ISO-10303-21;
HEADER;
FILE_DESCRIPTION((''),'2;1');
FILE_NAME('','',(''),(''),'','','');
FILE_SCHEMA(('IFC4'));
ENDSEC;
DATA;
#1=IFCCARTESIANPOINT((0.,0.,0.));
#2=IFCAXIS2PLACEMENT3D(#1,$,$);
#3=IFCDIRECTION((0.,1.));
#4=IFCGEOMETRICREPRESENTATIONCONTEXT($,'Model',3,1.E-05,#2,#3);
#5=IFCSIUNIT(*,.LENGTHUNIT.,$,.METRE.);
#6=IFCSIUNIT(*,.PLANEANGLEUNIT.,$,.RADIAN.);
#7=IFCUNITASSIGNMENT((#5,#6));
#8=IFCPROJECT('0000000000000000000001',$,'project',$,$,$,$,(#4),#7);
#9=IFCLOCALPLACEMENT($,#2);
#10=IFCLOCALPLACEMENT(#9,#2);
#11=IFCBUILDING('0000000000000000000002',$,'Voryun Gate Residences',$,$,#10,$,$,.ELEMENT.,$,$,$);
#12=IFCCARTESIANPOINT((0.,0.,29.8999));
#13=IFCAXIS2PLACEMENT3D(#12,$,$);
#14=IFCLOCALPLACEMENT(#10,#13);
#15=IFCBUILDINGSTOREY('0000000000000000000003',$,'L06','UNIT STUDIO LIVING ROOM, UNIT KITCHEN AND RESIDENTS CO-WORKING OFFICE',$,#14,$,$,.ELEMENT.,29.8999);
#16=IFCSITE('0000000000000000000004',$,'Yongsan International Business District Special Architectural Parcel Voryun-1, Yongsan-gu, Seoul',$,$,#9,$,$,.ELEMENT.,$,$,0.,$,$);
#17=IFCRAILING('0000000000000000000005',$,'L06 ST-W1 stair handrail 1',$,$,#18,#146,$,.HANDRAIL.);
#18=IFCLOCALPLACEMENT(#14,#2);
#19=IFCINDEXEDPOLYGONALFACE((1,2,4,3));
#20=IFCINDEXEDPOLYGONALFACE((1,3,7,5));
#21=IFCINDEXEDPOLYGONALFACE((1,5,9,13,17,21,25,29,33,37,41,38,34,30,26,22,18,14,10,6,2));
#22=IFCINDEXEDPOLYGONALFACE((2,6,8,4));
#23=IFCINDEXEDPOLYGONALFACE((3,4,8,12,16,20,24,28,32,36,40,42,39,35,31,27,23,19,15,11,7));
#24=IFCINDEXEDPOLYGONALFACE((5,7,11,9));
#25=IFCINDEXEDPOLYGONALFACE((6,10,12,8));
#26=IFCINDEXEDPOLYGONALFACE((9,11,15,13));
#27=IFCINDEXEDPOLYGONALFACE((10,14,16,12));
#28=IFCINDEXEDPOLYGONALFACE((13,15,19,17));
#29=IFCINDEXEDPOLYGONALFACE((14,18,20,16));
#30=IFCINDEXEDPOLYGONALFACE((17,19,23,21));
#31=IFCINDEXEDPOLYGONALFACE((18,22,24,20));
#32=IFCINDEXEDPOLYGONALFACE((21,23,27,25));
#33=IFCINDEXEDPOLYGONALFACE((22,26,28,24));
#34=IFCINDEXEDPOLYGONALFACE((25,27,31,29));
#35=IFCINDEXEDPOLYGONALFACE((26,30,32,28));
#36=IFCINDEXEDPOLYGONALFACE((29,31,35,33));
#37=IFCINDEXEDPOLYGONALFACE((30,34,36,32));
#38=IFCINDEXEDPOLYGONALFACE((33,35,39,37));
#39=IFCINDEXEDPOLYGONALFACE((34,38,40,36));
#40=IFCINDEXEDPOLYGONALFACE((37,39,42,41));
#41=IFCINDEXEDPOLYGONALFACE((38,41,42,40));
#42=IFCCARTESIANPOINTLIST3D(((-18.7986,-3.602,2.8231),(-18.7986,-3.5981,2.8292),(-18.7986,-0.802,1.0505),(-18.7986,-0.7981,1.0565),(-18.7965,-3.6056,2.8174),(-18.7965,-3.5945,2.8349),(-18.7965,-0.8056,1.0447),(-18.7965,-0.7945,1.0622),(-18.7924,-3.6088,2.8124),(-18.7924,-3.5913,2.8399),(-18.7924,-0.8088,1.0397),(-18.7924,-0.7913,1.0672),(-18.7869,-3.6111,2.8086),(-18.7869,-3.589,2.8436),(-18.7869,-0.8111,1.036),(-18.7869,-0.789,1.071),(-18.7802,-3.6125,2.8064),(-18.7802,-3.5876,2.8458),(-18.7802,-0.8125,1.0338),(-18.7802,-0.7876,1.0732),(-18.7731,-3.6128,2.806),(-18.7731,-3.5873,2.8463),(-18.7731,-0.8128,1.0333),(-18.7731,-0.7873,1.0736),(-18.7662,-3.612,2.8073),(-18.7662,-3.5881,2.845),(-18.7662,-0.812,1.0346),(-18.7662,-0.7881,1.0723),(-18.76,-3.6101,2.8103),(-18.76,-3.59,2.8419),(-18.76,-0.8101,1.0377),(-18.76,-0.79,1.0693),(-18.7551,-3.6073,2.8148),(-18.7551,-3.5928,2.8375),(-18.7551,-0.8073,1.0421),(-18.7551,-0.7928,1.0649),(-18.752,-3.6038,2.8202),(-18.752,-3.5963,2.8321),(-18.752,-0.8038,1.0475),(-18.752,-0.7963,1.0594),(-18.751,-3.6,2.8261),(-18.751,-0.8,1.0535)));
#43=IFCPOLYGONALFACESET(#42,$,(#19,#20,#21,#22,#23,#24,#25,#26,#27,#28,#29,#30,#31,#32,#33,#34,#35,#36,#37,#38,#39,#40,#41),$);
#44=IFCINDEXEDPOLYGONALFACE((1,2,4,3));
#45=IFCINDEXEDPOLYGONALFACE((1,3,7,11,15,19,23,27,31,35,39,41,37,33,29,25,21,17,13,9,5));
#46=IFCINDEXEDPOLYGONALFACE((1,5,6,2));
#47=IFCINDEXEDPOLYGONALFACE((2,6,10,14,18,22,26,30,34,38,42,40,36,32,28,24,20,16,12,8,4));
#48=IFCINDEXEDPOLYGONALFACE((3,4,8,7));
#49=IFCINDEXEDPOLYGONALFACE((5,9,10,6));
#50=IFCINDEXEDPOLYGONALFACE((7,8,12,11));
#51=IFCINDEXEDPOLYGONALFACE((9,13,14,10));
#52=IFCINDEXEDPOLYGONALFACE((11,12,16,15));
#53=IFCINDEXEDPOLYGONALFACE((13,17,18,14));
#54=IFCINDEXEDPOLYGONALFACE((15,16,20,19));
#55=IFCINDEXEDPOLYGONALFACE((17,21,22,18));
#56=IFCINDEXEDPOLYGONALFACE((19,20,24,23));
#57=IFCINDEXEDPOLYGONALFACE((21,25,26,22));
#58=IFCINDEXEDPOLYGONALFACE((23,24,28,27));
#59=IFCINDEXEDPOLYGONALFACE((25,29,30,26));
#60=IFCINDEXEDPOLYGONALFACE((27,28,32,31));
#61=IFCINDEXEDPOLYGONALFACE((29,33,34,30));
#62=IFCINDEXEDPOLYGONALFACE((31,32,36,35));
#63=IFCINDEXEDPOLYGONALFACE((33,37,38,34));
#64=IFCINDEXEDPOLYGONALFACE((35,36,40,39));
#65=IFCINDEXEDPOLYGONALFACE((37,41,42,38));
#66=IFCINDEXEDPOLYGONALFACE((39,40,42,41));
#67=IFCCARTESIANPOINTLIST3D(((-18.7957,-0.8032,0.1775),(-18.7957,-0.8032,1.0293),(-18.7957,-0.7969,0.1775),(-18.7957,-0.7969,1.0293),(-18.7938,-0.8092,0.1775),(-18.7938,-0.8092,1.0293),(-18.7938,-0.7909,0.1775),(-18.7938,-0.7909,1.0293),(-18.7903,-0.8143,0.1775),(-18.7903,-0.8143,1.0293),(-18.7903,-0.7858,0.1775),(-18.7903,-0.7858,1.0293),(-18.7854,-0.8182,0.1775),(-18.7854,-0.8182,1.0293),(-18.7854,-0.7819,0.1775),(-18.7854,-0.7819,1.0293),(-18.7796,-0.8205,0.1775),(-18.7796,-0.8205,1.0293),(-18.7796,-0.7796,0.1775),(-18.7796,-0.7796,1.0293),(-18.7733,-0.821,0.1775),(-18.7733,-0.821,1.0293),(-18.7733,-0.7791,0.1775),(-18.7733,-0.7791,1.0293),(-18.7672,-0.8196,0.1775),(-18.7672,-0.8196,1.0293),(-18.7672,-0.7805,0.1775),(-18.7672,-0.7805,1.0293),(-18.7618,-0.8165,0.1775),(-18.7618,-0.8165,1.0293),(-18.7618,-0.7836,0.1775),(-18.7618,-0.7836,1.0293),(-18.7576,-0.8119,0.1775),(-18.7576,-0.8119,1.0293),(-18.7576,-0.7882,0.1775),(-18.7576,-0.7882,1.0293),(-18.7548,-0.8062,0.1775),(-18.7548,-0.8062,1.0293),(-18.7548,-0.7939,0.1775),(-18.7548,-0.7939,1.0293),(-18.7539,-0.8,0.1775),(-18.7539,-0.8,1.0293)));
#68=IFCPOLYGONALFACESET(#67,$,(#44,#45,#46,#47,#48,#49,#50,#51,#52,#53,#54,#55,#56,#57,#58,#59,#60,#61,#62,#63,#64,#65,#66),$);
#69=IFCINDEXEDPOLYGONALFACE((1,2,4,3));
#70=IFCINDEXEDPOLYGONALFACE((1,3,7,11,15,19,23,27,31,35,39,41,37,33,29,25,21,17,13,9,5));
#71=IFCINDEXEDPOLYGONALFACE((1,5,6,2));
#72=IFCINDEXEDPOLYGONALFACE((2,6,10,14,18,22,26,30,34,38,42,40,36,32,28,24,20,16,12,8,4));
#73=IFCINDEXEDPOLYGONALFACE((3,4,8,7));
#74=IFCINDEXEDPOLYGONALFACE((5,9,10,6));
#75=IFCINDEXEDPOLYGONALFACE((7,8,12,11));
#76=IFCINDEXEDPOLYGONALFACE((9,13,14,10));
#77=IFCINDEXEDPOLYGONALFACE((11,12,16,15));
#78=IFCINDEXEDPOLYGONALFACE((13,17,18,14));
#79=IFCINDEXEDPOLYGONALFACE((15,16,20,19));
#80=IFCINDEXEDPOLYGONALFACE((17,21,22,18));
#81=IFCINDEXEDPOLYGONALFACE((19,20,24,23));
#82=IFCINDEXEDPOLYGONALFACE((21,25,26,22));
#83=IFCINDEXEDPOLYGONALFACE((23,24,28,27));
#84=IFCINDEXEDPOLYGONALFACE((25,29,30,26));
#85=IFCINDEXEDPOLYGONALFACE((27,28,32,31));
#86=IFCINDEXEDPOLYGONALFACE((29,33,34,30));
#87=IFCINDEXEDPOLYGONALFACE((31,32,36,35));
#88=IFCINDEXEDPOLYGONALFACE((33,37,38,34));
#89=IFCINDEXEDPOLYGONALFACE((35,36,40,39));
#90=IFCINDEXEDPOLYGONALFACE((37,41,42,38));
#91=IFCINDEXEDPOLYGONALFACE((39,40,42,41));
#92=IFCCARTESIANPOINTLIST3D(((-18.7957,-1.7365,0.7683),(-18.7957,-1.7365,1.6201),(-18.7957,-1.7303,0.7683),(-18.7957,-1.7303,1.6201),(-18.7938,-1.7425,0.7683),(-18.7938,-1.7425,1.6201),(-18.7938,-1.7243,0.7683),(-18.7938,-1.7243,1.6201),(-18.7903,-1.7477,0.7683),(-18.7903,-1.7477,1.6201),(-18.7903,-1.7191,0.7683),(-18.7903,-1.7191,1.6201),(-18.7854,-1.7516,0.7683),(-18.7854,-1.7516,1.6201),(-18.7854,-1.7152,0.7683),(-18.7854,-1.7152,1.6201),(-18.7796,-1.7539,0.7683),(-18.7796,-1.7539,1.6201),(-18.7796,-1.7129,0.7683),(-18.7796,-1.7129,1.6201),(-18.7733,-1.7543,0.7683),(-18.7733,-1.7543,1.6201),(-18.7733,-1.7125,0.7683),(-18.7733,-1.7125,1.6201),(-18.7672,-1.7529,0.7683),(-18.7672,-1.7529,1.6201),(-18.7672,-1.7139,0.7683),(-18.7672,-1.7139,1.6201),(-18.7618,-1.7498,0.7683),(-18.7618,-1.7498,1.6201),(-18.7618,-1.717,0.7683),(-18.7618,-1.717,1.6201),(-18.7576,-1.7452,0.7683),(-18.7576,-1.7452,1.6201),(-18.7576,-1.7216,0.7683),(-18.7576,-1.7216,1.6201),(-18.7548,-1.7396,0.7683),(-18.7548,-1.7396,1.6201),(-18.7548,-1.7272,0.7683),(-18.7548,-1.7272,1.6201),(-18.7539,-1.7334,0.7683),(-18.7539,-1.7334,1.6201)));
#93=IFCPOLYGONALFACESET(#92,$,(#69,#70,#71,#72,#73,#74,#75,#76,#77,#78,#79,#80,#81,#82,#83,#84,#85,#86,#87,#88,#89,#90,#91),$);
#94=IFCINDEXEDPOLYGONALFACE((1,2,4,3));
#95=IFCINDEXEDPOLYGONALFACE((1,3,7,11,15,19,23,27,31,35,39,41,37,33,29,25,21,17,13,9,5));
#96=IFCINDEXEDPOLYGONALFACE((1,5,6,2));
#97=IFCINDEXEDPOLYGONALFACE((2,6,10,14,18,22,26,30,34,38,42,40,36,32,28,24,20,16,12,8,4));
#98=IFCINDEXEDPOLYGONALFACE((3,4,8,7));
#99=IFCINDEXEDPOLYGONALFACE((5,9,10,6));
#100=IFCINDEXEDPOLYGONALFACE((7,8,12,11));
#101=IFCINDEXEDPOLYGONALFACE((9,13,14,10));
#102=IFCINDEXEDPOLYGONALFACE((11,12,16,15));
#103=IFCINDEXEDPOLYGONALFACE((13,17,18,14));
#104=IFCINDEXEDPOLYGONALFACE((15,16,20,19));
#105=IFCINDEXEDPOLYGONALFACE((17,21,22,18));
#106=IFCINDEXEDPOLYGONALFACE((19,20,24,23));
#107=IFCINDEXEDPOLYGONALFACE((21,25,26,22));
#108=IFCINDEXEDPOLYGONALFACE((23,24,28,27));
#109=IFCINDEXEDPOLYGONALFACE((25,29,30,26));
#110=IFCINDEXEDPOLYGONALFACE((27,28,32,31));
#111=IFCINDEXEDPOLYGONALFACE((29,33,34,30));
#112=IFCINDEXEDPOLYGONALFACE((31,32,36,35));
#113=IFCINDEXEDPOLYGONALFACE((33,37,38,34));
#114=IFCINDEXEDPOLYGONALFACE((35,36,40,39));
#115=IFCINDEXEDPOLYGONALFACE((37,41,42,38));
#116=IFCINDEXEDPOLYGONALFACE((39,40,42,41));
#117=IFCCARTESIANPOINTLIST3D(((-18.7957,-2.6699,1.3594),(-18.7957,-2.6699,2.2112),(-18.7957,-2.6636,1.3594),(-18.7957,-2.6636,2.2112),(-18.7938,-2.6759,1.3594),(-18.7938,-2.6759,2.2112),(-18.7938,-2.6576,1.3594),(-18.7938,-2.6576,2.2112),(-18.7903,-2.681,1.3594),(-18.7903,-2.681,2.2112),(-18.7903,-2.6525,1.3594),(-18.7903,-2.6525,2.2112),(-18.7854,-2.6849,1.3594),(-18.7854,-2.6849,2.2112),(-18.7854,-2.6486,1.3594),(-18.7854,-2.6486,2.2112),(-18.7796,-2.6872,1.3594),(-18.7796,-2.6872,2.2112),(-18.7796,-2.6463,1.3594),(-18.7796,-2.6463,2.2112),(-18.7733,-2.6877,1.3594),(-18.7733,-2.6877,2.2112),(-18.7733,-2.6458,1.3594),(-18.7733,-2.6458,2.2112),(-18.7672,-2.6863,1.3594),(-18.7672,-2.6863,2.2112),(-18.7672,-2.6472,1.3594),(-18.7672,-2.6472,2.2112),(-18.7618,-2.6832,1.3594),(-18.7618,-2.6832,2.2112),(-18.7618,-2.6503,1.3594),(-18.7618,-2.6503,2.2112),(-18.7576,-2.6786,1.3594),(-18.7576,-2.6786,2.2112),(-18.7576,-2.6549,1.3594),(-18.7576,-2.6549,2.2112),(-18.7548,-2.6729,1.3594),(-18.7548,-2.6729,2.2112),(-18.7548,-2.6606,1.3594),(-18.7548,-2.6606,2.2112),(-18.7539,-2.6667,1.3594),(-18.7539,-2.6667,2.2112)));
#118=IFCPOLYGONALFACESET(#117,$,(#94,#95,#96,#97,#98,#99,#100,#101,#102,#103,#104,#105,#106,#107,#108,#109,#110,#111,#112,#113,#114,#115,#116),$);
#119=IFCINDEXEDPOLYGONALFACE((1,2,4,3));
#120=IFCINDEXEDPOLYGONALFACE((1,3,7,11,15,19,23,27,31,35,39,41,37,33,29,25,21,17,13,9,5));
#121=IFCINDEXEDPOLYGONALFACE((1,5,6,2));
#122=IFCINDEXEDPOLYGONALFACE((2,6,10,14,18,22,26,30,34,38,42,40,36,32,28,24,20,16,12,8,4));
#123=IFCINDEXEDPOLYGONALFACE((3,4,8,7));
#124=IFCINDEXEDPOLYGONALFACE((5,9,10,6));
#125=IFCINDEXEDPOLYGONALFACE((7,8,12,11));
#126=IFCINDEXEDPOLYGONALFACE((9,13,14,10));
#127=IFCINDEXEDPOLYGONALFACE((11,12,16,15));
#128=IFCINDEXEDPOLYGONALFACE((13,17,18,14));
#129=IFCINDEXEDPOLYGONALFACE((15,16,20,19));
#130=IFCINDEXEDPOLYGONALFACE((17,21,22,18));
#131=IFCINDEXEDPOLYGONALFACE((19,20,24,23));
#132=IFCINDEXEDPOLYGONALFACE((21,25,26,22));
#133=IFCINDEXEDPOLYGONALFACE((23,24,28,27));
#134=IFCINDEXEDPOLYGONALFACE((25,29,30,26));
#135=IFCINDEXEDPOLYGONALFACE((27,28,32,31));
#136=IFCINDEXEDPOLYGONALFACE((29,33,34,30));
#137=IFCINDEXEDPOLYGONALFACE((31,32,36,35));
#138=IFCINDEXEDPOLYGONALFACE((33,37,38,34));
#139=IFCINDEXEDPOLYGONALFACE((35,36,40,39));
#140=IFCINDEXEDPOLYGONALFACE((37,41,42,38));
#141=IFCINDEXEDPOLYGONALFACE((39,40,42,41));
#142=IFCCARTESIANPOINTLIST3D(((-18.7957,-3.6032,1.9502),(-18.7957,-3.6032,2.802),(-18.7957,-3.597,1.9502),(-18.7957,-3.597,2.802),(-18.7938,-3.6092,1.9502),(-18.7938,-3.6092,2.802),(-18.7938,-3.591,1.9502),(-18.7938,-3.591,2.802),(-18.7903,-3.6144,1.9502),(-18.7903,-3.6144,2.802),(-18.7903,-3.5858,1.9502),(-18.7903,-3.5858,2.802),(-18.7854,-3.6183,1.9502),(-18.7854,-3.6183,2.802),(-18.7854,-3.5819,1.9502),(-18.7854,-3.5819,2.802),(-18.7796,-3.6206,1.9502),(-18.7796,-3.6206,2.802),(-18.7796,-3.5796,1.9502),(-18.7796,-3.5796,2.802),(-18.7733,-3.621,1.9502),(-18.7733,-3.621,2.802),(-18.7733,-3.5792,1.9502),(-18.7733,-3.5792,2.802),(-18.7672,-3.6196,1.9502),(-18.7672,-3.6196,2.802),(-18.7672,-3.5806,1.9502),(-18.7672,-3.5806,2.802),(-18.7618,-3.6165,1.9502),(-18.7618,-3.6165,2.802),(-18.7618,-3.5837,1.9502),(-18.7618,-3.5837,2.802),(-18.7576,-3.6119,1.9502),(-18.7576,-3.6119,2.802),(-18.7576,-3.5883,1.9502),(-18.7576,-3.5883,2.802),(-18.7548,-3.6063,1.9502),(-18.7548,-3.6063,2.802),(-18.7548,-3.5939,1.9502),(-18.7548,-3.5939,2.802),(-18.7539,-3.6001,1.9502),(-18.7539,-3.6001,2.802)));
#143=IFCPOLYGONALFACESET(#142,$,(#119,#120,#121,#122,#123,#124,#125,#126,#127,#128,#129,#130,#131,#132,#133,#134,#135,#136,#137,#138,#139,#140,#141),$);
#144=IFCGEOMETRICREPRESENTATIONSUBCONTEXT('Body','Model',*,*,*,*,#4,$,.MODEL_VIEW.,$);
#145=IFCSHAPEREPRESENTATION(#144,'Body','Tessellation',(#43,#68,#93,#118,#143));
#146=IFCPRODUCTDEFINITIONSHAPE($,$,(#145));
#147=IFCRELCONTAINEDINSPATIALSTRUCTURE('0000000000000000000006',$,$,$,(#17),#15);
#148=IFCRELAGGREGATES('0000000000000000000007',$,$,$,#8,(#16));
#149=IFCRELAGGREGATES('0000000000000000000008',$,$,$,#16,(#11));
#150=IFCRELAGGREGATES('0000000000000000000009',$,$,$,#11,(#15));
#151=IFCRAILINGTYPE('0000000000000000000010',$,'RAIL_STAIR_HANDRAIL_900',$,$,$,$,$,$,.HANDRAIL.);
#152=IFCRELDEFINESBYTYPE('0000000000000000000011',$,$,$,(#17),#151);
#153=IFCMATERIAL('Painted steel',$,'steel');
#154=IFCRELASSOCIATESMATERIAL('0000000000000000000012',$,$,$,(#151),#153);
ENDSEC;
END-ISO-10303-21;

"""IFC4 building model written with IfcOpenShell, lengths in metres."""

from ifc_helpers import new_model, si_unit, direction, frame, origin, origin_2d, place, context, subcontext, project, spatial, circle, extrude, material, type_object, element, save


model = new_model("IFC4")

# Units and contexts
model_context = context("Model", 3, precision=1e-05, world=origin(), true_north=direction((0.0, 1.0)))
body_context = subcontext(model_context, "Body", "Model", "MODEL_VIEW")
ifc_project = project(units=[si_unit("LENGTHUNIT", "METRE"), si_unit("PLANEANGLEUNIT", "RADIAN")], contexts=[model_context])

# Site, building, storey
site_placement = place(None, origin())
site = spatial("IfcSite", under=ifc_project, at=site_placement, Name="Yongsan International Business District Special Architectural Parcel Voryun-1, Yongsan-gu, Seoul", CompositionType="ELEMENT", RefElevation=0.0)
building_placement = place(site_placement, origin())
building = spatial("IfcBuilding", under=site, at=building_placement, Name="Voryun Gate Residences", CompositionType="ELEMENT")
storey_placement = place(building_placement, frame((0.0, 0.0, 29.8999)))
storey = spatial("IfcBuildingStorey", under=building, at=storey_placement, Name="L06", Description="UNIT STUDIO LIVING ROOM, UNIT KITCHEN AND RESIDENTS CO-WORKING OFFICE", CompositionType="ELEMENT", Elevation=29.8999)

# Railing
ifc_material_1 = material(Name="Painted steel", Category="steel")
railing_type_1 = type_object("IfcRailingType", Name="RAIL_STAIR_HANDRAIL_900", PredefinedType="HANDRAIL", material=ifc_material_1)
railing_1_placement = place(storey_placement, frame((-18.7749, -0.8, 0.1775)))
element("IfcRailing", 1, at=railing_1_placement, inside=storey, type_object=railing_type_1, Name="L06 ST-W1 stair handrail 1", PredefinedType="HANDRAIL", context=body_context, shape_type="SweptSolid", body=[
    extrude(circle(Radius=0.0239, at=origin_2d()), frame((0.0, 0.0, 0.876), z_axis=(0.0, -0.844909, 0.53491), x_axis=(1.0, 0.0, 0.0)), (0.0, 0.0, 1.0), 3.314),
    extrude(circle(Radius=0.021, at=origin_2d()), origin(), (0.0, 0.0, 1.0), 0.8518),
    extrude(circle(Radius=0.021, at=origin_2d()), frame((0.0, -0.9333, 0.5908)), (0.0, 0.0, 1.0), 0.8518),
    extrude(circle(Radius=0.021, at=origin_2d()), frame((0.0, -1.8667, 1.1819)), (0.0, 0.0, 1.0), 0.8518),
    extrude(circle(Radius=0.021, at=origin_2d()), frame((0.0, -2.8, 1.7727)), (0.0, 0.0, 1.0), 0.8518),
])

save(model, "model.ifc")
